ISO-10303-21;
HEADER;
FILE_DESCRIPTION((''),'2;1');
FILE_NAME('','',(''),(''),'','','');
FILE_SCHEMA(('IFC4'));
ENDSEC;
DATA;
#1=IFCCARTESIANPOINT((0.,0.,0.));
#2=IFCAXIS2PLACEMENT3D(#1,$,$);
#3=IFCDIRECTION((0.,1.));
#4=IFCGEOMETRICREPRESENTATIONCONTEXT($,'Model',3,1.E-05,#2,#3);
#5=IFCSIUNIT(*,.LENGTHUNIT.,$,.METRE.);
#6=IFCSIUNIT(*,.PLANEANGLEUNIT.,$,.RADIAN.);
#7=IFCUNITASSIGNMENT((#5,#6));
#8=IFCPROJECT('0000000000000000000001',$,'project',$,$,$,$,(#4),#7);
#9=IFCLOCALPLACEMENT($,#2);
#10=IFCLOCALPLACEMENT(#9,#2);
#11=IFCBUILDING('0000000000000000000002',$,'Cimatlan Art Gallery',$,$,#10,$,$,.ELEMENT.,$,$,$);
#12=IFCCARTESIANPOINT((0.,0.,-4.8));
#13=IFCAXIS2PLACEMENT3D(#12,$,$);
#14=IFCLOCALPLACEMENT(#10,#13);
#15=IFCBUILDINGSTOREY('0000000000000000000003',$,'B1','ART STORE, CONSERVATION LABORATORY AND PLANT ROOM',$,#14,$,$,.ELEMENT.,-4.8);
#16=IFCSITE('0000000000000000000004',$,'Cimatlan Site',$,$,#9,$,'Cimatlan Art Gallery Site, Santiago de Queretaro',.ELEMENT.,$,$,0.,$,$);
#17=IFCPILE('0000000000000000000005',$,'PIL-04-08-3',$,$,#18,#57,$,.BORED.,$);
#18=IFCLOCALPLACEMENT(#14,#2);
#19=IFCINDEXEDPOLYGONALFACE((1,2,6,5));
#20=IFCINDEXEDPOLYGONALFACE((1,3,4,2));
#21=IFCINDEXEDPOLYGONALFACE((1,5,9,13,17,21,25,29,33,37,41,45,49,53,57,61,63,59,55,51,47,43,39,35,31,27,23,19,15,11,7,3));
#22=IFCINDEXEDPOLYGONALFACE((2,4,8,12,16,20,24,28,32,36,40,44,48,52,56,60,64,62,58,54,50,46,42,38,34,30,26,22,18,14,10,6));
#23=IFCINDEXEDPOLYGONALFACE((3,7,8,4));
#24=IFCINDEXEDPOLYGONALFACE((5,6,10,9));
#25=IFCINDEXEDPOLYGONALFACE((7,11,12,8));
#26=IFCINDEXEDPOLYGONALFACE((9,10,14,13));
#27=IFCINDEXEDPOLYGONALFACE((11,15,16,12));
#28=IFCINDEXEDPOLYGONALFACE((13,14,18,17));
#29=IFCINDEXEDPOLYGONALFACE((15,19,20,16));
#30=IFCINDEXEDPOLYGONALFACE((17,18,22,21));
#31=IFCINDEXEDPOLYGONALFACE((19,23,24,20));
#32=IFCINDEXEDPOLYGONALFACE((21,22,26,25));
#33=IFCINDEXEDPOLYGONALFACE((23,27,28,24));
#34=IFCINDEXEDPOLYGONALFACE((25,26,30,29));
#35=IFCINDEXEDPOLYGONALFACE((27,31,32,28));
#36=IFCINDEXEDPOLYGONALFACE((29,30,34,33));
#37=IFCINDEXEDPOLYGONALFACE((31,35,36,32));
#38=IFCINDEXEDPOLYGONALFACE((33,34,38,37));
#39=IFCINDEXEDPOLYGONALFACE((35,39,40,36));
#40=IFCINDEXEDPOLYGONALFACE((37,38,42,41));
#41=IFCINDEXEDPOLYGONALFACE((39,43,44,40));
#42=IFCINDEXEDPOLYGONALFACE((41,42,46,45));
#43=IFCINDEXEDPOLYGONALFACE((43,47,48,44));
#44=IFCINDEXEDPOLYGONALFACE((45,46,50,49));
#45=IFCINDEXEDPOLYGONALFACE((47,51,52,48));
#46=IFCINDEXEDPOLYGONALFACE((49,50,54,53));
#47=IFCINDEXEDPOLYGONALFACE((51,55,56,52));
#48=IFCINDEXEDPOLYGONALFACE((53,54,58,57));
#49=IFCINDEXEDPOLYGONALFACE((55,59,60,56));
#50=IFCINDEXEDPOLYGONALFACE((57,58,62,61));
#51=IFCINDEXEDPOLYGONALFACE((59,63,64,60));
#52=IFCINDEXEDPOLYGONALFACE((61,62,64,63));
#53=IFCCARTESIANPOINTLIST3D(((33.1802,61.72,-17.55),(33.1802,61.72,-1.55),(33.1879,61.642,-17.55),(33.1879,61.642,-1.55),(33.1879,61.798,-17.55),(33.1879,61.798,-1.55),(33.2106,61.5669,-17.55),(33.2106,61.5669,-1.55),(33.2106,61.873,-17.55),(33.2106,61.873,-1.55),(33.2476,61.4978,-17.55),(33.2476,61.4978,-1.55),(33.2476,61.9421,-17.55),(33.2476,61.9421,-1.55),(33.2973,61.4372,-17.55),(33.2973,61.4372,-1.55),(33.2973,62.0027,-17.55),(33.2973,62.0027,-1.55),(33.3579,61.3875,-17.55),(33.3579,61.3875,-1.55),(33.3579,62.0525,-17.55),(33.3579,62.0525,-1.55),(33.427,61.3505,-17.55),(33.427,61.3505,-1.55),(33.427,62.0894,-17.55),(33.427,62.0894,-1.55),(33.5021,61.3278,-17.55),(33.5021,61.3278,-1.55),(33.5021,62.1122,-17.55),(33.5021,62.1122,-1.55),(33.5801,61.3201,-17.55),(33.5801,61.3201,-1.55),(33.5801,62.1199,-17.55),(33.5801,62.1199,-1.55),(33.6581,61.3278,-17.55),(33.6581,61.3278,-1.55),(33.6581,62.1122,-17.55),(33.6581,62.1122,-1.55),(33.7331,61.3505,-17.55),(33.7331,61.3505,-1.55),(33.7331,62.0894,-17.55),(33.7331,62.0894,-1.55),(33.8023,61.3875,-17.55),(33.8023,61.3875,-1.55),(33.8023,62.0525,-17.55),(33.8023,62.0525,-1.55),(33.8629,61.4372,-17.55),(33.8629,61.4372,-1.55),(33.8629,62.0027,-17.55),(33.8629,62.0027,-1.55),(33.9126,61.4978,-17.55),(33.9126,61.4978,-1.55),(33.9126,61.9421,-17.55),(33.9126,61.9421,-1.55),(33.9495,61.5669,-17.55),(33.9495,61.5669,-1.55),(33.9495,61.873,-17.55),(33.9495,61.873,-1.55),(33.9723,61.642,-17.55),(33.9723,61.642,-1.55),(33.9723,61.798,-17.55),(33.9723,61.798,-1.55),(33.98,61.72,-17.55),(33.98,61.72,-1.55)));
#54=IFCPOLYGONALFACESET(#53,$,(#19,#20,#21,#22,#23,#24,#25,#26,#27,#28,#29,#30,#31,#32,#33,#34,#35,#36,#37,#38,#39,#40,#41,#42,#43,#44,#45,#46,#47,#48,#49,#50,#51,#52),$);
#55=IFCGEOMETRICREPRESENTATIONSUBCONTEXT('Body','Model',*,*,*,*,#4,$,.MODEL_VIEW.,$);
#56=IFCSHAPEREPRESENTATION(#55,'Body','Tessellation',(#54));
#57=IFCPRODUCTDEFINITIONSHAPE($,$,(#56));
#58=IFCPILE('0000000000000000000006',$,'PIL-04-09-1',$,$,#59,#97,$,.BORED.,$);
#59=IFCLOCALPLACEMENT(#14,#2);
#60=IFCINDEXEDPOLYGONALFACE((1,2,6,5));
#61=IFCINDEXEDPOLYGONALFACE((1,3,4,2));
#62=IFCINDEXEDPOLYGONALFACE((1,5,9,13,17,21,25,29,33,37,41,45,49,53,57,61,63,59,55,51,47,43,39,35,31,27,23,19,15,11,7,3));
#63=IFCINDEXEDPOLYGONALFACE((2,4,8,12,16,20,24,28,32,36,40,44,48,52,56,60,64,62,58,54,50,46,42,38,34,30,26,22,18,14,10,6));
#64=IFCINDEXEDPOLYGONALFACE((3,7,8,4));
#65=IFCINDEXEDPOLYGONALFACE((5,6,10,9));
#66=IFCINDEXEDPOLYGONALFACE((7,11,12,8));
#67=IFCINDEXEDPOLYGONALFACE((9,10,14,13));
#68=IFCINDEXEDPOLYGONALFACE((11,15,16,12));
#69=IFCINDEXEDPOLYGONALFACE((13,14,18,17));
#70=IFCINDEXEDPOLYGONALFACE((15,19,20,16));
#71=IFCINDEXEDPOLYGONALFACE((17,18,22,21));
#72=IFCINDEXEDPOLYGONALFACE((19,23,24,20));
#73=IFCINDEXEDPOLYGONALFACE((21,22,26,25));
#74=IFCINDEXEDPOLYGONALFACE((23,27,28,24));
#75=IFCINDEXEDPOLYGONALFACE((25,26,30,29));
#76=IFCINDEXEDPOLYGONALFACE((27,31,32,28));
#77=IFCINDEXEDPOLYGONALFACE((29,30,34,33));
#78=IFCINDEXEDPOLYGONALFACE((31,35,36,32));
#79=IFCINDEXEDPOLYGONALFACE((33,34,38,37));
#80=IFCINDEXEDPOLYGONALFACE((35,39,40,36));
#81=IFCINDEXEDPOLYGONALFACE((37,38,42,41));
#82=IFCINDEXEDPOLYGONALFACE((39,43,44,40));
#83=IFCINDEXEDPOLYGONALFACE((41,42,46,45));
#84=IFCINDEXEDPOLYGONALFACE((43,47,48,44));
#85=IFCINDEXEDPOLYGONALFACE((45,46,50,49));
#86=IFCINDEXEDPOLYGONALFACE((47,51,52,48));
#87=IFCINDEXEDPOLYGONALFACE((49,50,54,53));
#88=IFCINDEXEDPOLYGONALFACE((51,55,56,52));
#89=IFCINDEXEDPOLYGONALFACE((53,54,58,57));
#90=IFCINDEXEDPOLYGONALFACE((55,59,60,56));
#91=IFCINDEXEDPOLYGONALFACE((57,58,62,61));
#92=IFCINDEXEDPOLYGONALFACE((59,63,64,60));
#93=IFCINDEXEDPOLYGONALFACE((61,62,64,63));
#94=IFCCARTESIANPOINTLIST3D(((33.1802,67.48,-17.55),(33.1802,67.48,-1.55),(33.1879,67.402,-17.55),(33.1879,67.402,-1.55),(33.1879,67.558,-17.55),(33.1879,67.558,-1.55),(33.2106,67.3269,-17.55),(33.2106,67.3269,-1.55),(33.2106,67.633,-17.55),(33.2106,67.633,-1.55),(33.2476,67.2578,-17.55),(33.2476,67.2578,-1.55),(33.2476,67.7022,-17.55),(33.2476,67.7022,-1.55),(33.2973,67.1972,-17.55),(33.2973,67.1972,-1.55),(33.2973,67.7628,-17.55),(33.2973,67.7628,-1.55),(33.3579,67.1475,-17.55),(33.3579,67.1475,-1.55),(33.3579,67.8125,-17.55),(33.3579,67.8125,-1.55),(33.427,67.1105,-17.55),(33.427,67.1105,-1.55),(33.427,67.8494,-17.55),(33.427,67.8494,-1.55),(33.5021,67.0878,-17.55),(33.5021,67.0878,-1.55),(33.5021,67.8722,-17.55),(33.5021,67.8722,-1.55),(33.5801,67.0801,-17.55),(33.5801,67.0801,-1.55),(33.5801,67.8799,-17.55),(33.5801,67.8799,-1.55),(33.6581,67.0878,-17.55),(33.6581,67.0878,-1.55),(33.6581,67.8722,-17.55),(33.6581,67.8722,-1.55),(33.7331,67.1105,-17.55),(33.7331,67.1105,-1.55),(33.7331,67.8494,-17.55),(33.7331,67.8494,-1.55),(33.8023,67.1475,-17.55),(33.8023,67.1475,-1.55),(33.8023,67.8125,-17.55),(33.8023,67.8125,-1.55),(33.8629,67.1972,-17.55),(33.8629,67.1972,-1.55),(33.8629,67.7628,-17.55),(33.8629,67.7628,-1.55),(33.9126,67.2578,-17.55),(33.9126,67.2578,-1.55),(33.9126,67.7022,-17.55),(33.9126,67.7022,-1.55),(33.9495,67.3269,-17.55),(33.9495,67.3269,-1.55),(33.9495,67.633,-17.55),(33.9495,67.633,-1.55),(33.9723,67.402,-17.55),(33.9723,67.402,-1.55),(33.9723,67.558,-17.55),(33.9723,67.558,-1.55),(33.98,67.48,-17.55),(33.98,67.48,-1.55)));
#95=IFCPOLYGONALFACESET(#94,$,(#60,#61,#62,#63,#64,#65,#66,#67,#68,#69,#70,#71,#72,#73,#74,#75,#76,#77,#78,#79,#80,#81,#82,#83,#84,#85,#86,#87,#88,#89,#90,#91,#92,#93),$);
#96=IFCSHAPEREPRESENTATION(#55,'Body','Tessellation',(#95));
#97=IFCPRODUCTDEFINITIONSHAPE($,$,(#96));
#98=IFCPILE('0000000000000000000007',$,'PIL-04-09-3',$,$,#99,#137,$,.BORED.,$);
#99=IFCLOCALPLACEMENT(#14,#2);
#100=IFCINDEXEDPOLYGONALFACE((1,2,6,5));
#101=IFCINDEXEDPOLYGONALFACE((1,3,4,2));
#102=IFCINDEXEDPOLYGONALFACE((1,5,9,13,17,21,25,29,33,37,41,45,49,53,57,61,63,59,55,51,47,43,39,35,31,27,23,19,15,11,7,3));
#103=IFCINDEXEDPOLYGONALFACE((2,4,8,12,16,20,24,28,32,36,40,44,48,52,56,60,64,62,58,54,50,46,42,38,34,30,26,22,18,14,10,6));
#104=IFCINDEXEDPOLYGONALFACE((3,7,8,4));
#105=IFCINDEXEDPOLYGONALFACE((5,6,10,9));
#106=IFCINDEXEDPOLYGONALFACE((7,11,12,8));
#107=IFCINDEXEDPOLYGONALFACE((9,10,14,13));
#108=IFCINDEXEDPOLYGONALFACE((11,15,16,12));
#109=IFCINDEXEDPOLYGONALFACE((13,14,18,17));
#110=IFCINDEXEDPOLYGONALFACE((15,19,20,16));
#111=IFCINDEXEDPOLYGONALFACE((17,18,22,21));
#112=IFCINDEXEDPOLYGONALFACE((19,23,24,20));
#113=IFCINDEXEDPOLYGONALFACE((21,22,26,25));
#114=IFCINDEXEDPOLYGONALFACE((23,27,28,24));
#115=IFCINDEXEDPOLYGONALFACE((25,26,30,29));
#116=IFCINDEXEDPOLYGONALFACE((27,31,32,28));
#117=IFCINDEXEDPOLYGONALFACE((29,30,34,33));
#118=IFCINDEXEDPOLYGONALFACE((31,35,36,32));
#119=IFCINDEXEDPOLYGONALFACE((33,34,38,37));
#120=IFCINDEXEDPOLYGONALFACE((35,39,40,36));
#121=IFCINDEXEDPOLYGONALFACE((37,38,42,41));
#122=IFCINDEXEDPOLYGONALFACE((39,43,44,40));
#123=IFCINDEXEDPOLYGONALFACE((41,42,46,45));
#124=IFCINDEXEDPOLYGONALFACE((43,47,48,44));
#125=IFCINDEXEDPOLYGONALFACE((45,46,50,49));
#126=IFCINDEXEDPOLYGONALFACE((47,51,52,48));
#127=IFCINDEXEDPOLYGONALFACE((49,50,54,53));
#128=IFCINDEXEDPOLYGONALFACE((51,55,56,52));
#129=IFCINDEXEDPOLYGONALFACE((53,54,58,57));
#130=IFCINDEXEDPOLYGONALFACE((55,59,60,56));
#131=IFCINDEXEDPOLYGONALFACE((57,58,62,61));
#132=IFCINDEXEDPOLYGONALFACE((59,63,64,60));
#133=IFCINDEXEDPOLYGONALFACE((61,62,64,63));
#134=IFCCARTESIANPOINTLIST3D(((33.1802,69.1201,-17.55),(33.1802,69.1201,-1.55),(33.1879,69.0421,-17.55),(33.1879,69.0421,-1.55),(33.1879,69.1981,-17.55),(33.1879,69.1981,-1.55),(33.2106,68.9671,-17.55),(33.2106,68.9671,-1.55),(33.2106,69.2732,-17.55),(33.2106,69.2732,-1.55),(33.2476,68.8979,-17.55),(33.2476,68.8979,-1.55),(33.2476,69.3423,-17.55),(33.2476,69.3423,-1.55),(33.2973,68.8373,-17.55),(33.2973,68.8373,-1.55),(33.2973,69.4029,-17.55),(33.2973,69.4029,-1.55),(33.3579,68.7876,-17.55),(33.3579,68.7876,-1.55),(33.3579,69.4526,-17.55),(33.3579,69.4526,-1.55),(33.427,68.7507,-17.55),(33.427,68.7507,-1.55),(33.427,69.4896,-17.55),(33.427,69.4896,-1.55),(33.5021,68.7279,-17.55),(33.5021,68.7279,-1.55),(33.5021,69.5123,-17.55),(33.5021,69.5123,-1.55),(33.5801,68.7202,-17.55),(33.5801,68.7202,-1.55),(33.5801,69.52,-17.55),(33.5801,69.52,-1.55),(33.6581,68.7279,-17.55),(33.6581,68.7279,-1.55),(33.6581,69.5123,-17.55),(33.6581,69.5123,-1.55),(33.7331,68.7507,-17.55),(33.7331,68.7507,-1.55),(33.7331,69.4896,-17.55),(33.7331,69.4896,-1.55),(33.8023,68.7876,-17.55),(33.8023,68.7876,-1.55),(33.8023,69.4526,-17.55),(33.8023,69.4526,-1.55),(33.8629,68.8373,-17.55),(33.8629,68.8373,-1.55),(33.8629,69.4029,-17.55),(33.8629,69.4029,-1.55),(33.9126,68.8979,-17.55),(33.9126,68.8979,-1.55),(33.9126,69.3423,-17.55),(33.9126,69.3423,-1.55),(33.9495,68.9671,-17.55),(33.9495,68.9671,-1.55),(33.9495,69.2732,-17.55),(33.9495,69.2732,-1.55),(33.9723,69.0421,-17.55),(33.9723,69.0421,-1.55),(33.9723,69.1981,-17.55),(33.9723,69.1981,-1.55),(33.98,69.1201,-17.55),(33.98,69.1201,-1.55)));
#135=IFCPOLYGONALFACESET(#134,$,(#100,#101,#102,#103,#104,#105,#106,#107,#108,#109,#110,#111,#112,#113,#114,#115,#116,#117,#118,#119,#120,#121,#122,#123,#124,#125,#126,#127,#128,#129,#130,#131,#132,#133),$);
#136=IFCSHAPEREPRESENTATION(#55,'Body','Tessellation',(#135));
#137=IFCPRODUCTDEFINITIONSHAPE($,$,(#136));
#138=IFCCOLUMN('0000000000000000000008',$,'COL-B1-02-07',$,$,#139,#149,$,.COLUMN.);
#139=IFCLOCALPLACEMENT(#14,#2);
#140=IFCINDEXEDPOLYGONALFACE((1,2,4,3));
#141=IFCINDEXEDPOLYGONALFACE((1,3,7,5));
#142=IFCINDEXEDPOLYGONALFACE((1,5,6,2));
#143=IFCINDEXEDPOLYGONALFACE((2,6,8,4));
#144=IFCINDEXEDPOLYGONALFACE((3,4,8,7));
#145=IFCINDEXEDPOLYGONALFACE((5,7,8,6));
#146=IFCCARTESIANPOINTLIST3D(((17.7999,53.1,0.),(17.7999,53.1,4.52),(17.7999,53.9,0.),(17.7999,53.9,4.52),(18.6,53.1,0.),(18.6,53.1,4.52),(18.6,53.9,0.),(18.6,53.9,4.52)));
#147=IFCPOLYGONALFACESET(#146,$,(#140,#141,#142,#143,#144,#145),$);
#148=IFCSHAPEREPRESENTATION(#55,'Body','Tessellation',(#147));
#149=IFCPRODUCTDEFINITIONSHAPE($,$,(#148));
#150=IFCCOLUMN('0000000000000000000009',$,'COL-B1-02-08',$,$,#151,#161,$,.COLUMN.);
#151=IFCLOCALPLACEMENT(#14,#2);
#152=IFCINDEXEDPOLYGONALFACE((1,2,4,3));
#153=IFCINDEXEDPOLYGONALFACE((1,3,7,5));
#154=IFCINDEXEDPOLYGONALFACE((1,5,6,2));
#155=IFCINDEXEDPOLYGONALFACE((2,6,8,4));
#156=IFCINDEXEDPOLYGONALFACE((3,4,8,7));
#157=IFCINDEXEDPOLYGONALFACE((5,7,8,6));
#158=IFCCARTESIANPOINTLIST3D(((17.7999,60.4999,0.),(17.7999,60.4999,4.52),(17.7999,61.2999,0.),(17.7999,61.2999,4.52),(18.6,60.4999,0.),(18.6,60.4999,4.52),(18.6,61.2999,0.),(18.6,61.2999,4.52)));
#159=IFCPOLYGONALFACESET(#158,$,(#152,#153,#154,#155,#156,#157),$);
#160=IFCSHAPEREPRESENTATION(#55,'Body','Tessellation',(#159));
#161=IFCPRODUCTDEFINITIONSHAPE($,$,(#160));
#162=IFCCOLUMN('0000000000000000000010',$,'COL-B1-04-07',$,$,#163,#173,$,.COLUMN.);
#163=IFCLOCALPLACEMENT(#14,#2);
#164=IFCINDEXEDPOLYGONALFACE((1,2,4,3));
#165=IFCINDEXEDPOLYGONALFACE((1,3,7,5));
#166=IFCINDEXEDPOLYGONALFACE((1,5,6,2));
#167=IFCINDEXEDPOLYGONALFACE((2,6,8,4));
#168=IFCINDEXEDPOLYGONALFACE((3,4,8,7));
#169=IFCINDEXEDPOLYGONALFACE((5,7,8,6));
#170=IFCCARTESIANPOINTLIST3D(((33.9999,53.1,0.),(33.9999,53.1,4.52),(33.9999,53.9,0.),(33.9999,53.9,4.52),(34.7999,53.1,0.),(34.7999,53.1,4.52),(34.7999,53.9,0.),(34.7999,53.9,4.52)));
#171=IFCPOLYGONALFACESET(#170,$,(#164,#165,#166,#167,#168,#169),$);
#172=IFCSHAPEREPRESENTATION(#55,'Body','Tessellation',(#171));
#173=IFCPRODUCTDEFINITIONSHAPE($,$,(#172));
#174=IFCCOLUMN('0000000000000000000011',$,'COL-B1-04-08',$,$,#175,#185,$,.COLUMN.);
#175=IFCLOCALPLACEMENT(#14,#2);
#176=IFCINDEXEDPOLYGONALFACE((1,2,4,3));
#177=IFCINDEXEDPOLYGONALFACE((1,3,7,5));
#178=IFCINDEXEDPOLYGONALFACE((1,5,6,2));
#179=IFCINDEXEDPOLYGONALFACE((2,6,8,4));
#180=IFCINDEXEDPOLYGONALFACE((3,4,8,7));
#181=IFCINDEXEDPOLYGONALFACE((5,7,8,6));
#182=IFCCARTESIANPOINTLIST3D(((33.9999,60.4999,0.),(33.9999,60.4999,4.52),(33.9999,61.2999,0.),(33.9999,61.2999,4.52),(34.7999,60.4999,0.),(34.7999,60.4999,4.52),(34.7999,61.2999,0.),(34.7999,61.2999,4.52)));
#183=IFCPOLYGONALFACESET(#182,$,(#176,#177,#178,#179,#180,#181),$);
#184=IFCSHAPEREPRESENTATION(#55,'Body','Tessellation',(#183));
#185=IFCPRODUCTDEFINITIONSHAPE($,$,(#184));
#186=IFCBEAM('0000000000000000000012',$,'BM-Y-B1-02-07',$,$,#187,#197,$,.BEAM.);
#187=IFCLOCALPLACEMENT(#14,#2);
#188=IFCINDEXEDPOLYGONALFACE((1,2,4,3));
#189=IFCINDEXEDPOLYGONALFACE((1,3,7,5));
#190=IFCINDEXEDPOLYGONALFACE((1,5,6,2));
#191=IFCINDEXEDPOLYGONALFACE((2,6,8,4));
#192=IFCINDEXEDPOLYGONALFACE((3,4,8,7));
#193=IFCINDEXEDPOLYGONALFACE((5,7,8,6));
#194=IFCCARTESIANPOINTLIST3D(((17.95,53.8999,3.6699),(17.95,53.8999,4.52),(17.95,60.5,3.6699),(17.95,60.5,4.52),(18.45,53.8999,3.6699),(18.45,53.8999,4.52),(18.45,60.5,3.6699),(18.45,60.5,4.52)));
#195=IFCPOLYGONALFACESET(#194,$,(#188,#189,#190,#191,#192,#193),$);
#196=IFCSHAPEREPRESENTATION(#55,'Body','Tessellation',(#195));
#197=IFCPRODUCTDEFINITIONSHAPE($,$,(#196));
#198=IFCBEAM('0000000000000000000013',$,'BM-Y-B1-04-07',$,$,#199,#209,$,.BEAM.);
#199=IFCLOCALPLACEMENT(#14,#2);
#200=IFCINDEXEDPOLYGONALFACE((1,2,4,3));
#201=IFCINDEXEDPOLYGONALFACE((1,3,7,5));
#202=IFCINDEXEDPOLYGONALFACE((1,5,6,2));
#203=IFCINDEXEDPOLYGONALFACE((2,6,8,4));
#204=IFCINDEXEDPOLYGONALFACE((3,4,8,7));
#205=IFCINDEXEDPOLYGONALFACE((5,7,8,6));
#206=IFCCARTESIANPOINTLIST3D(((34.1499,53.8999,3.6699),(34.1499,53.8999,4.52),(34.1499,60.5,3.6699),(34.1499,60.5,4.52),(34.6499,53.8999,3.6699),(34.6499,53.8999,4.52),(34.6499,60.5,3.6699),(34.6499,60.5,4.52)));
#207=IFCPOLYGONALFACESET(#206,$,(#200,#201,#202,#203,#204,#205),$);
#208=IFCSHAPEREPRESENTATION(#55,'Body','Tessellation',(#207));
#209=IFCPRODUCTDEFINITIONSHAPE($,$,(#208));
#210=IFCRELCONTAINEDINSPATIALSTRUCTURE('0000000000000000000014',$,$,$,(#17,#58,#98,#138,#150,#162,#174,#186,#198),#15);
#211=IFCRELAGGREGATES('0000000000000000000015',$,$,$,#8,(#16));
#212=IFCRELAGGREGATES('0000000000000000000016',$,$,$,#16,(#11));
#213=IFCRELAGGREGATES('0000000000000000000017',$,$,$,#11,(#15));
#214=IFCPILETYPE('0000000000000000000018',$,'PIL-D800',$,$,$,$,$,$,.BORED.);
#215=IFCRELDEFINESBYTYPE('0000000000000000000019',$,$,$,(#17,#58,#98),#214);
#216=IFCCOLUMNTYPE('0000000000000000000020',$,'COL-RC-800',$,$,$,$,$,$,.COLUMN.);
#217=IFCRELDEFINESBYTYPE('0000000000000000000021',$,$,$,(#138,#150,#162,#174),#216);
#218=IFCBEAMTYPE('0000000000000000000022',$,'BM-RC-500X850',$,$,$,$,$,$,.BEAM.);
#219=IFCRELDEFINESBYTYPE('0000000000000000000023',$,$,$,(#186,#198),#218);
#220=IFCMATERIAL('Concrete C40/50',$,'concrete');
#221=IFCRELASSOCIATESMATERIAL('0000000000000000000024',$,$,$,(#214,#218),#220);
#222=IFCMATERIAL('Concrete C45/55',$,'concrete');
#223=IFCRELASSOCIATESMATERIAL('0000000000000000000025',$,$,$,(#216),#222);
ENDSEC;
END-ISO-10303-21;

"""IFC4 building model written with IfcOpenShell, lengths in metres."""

from ifc_helpers import new_model, si_unit, direction, frame, origin, origin_2d, place, context, subcontext, project, spatial, rectangle, circle, extrude, material, material_profile, profile_set, type_object, element, save


model = new_model("IFC4")

# Units and contexts
model_context = context("Model", 3, precision=1e-05, world=origin(), true_north=direction((0.0, 1.0)))
body_context = subcontext(model_context, "Body", "Model", "MODEL_VIEW")
ifc_project = project(units=[si_unit("LENGTHUNIT", "METRE"), si_unit("PLANEANGLEUNIT", "RADIAN")], contexts=[model_context])

# Site, building, storey
site_placement = place(None, origin())
site = spatial("IfcSite", under=ifc_project, at=site_placement, Name="Cimatlan Site", LongName="Cimatlan Art Gallery Site, Santiago de Queretaro", CompositionType="ELEMENT", RefElevation=0.0)
building_placement = place(site_placement, origin())
building = spatial("IfcBuilding", under=site, at=building_placement, Name="Cimatlan Art Gallery", CompositionType="ELEMENT")
storey_placement = place(building_placement, frame((0.0, 0.0, -4.8)))
storey = spatial("IfcBuildingStorey", under=building, at=storey_placement, Name="B1", Description="ART STORE, CONSERVATION LABORATORY AND PLANT ROOM", CompositionType="ELEMENT", Elevation=-4.8)

# Shared definitions
ifc_material_1 = material(Name="Concrete C40/50", Category="concrete")

# Piles
pile_type = type_object("IfcPileType", Name="PIL-D800", PredefinedType="BORED", material=ifc_material_1)
for number, where, z_axis, x_axis, name in (
    (1, (33.5801, 61.72, -1.55), (0.0, 0.0, -1.0), (1.0, 0.0, 0.0), "PIL-04-08-3"),
    (2, (33.5801, 67.48, -1.55), (0.0, 0.0, -1.0), (1.0, 0.0, 0.0), "PIL-04-09-1"),
    (3, (33.5801, 69.1201, -1.55), (0.0, 0.0, -1.0), (1.0, 0.0, 0.0), "PIL-04-09-3"),
):
    element("IfcPile", number, at=place(storey_placement, frame(where, z_axis=z_axis, x_axis=x_axis)), inside=storey, type_object=pile_type, Name=name, PredefinedType="BORED", context=body_context, shape_type="SweptSolid", body=[
        extrude(circle(Radius=0.3999, at=origin_2d()), origin(), (0.0, 0.0, 1.0), 16.0),
    ])

# Columns
ifc_material_2 = material(Name="Concrete C45/55", Category="concrete")
ifc_material_profile_1 = material_profile(ifc_material_2, rectangle(XDim=0.8, YDim=0.8, at=origin_2d()), Name="RC800X800")
ifc_profile_set_1 = profile_set([ifc_material_profile_1], Name="Concrete C45/55")
column_type = type_object("IfcColumnType", Name="COL-RC-800", PredefinedType="COLUMN", material=ifc_profile_set_1)
for number, where, z_axis, x_axis, name in (
    (4, (18.2, 53.5, 0.0), (0.0, 0.0, 1.0), (1.0, 0.0, 0.0), "COL-B1-02-07"),
    (5, (18.2, 60.8999, 0.0), (0.0, 0.0, 1.0), (1.0, 0.0, 0.0), "COL-B1-02-08"),
    (6, (34.3999, 53.5, 0.0), (0.0, 0.0, 1.0), (1.0, 0.0, 0.0), "COL-B1-04-07"),
    (7, (34.3999, 60.8999, 0.0), (0.0, 0.0, 1.0), (1.0, 0.0, 0.0), "COL-B1-04-08"),
):
    element("IfcColumn", number, at=place(storey_placement, frame(where, z_axis=z_axis, x_axis=x_axis)), inside=storey, type_object=column_type, Name=name, PredefinedType="COLUMN", context=body_context, shape_type="SweptSolid", body=[
        extrude(rectangle(XDim=0.8, YDim=0.8, at=origin_2d()), origin(), (0.0, 0.0, 1.0), 4.52),
    ])

# Beams
ifc_material_profile_2 = material_profile(ifc_material_1, rectangle(XDim=0.5, YDim=0.8501, at=origin_2d()), Name="RC500X850")
ifc_profile_set_2 = profile_set([ifc_material_profile_2], Name="Concrete C40/50")
beam_type = type_object("IfcBeamType", Name="BM-RC-500X850", PredefinedType="BEAM", material=ifc_profile_set_2)
for number, where, z_axis, x_axis, name in (
    (8, (18.2, 53.8999, 4.095), (0.0, 1.0, 0.0), (-1.0, 0.0, 0.0), "BM-Y-B1-02-07"),
    (9, (34.3999, 53.8999, 4.095), (0.0, 1.0, 0.0), (-1.0, 0.0, 0.0), "BM-Y-B1-04-07"),
):
    element("IfcBeam", number, at=place(storey_placement, frame(where, z_axis=z_axis, x_axis=x_axis)), inside=storey, type_object=beam_type, Name=name, PredefinedType="BEAM", context=body_context, shape_type="SweptSolid", body=[
        extrude(rectangle(XDim=0.5, YDim=0.8501, at=origin_2d()), origin(), (0.0, 0.0, 1.0), 6.6001),
    ])

save(model, "model.ifc")
